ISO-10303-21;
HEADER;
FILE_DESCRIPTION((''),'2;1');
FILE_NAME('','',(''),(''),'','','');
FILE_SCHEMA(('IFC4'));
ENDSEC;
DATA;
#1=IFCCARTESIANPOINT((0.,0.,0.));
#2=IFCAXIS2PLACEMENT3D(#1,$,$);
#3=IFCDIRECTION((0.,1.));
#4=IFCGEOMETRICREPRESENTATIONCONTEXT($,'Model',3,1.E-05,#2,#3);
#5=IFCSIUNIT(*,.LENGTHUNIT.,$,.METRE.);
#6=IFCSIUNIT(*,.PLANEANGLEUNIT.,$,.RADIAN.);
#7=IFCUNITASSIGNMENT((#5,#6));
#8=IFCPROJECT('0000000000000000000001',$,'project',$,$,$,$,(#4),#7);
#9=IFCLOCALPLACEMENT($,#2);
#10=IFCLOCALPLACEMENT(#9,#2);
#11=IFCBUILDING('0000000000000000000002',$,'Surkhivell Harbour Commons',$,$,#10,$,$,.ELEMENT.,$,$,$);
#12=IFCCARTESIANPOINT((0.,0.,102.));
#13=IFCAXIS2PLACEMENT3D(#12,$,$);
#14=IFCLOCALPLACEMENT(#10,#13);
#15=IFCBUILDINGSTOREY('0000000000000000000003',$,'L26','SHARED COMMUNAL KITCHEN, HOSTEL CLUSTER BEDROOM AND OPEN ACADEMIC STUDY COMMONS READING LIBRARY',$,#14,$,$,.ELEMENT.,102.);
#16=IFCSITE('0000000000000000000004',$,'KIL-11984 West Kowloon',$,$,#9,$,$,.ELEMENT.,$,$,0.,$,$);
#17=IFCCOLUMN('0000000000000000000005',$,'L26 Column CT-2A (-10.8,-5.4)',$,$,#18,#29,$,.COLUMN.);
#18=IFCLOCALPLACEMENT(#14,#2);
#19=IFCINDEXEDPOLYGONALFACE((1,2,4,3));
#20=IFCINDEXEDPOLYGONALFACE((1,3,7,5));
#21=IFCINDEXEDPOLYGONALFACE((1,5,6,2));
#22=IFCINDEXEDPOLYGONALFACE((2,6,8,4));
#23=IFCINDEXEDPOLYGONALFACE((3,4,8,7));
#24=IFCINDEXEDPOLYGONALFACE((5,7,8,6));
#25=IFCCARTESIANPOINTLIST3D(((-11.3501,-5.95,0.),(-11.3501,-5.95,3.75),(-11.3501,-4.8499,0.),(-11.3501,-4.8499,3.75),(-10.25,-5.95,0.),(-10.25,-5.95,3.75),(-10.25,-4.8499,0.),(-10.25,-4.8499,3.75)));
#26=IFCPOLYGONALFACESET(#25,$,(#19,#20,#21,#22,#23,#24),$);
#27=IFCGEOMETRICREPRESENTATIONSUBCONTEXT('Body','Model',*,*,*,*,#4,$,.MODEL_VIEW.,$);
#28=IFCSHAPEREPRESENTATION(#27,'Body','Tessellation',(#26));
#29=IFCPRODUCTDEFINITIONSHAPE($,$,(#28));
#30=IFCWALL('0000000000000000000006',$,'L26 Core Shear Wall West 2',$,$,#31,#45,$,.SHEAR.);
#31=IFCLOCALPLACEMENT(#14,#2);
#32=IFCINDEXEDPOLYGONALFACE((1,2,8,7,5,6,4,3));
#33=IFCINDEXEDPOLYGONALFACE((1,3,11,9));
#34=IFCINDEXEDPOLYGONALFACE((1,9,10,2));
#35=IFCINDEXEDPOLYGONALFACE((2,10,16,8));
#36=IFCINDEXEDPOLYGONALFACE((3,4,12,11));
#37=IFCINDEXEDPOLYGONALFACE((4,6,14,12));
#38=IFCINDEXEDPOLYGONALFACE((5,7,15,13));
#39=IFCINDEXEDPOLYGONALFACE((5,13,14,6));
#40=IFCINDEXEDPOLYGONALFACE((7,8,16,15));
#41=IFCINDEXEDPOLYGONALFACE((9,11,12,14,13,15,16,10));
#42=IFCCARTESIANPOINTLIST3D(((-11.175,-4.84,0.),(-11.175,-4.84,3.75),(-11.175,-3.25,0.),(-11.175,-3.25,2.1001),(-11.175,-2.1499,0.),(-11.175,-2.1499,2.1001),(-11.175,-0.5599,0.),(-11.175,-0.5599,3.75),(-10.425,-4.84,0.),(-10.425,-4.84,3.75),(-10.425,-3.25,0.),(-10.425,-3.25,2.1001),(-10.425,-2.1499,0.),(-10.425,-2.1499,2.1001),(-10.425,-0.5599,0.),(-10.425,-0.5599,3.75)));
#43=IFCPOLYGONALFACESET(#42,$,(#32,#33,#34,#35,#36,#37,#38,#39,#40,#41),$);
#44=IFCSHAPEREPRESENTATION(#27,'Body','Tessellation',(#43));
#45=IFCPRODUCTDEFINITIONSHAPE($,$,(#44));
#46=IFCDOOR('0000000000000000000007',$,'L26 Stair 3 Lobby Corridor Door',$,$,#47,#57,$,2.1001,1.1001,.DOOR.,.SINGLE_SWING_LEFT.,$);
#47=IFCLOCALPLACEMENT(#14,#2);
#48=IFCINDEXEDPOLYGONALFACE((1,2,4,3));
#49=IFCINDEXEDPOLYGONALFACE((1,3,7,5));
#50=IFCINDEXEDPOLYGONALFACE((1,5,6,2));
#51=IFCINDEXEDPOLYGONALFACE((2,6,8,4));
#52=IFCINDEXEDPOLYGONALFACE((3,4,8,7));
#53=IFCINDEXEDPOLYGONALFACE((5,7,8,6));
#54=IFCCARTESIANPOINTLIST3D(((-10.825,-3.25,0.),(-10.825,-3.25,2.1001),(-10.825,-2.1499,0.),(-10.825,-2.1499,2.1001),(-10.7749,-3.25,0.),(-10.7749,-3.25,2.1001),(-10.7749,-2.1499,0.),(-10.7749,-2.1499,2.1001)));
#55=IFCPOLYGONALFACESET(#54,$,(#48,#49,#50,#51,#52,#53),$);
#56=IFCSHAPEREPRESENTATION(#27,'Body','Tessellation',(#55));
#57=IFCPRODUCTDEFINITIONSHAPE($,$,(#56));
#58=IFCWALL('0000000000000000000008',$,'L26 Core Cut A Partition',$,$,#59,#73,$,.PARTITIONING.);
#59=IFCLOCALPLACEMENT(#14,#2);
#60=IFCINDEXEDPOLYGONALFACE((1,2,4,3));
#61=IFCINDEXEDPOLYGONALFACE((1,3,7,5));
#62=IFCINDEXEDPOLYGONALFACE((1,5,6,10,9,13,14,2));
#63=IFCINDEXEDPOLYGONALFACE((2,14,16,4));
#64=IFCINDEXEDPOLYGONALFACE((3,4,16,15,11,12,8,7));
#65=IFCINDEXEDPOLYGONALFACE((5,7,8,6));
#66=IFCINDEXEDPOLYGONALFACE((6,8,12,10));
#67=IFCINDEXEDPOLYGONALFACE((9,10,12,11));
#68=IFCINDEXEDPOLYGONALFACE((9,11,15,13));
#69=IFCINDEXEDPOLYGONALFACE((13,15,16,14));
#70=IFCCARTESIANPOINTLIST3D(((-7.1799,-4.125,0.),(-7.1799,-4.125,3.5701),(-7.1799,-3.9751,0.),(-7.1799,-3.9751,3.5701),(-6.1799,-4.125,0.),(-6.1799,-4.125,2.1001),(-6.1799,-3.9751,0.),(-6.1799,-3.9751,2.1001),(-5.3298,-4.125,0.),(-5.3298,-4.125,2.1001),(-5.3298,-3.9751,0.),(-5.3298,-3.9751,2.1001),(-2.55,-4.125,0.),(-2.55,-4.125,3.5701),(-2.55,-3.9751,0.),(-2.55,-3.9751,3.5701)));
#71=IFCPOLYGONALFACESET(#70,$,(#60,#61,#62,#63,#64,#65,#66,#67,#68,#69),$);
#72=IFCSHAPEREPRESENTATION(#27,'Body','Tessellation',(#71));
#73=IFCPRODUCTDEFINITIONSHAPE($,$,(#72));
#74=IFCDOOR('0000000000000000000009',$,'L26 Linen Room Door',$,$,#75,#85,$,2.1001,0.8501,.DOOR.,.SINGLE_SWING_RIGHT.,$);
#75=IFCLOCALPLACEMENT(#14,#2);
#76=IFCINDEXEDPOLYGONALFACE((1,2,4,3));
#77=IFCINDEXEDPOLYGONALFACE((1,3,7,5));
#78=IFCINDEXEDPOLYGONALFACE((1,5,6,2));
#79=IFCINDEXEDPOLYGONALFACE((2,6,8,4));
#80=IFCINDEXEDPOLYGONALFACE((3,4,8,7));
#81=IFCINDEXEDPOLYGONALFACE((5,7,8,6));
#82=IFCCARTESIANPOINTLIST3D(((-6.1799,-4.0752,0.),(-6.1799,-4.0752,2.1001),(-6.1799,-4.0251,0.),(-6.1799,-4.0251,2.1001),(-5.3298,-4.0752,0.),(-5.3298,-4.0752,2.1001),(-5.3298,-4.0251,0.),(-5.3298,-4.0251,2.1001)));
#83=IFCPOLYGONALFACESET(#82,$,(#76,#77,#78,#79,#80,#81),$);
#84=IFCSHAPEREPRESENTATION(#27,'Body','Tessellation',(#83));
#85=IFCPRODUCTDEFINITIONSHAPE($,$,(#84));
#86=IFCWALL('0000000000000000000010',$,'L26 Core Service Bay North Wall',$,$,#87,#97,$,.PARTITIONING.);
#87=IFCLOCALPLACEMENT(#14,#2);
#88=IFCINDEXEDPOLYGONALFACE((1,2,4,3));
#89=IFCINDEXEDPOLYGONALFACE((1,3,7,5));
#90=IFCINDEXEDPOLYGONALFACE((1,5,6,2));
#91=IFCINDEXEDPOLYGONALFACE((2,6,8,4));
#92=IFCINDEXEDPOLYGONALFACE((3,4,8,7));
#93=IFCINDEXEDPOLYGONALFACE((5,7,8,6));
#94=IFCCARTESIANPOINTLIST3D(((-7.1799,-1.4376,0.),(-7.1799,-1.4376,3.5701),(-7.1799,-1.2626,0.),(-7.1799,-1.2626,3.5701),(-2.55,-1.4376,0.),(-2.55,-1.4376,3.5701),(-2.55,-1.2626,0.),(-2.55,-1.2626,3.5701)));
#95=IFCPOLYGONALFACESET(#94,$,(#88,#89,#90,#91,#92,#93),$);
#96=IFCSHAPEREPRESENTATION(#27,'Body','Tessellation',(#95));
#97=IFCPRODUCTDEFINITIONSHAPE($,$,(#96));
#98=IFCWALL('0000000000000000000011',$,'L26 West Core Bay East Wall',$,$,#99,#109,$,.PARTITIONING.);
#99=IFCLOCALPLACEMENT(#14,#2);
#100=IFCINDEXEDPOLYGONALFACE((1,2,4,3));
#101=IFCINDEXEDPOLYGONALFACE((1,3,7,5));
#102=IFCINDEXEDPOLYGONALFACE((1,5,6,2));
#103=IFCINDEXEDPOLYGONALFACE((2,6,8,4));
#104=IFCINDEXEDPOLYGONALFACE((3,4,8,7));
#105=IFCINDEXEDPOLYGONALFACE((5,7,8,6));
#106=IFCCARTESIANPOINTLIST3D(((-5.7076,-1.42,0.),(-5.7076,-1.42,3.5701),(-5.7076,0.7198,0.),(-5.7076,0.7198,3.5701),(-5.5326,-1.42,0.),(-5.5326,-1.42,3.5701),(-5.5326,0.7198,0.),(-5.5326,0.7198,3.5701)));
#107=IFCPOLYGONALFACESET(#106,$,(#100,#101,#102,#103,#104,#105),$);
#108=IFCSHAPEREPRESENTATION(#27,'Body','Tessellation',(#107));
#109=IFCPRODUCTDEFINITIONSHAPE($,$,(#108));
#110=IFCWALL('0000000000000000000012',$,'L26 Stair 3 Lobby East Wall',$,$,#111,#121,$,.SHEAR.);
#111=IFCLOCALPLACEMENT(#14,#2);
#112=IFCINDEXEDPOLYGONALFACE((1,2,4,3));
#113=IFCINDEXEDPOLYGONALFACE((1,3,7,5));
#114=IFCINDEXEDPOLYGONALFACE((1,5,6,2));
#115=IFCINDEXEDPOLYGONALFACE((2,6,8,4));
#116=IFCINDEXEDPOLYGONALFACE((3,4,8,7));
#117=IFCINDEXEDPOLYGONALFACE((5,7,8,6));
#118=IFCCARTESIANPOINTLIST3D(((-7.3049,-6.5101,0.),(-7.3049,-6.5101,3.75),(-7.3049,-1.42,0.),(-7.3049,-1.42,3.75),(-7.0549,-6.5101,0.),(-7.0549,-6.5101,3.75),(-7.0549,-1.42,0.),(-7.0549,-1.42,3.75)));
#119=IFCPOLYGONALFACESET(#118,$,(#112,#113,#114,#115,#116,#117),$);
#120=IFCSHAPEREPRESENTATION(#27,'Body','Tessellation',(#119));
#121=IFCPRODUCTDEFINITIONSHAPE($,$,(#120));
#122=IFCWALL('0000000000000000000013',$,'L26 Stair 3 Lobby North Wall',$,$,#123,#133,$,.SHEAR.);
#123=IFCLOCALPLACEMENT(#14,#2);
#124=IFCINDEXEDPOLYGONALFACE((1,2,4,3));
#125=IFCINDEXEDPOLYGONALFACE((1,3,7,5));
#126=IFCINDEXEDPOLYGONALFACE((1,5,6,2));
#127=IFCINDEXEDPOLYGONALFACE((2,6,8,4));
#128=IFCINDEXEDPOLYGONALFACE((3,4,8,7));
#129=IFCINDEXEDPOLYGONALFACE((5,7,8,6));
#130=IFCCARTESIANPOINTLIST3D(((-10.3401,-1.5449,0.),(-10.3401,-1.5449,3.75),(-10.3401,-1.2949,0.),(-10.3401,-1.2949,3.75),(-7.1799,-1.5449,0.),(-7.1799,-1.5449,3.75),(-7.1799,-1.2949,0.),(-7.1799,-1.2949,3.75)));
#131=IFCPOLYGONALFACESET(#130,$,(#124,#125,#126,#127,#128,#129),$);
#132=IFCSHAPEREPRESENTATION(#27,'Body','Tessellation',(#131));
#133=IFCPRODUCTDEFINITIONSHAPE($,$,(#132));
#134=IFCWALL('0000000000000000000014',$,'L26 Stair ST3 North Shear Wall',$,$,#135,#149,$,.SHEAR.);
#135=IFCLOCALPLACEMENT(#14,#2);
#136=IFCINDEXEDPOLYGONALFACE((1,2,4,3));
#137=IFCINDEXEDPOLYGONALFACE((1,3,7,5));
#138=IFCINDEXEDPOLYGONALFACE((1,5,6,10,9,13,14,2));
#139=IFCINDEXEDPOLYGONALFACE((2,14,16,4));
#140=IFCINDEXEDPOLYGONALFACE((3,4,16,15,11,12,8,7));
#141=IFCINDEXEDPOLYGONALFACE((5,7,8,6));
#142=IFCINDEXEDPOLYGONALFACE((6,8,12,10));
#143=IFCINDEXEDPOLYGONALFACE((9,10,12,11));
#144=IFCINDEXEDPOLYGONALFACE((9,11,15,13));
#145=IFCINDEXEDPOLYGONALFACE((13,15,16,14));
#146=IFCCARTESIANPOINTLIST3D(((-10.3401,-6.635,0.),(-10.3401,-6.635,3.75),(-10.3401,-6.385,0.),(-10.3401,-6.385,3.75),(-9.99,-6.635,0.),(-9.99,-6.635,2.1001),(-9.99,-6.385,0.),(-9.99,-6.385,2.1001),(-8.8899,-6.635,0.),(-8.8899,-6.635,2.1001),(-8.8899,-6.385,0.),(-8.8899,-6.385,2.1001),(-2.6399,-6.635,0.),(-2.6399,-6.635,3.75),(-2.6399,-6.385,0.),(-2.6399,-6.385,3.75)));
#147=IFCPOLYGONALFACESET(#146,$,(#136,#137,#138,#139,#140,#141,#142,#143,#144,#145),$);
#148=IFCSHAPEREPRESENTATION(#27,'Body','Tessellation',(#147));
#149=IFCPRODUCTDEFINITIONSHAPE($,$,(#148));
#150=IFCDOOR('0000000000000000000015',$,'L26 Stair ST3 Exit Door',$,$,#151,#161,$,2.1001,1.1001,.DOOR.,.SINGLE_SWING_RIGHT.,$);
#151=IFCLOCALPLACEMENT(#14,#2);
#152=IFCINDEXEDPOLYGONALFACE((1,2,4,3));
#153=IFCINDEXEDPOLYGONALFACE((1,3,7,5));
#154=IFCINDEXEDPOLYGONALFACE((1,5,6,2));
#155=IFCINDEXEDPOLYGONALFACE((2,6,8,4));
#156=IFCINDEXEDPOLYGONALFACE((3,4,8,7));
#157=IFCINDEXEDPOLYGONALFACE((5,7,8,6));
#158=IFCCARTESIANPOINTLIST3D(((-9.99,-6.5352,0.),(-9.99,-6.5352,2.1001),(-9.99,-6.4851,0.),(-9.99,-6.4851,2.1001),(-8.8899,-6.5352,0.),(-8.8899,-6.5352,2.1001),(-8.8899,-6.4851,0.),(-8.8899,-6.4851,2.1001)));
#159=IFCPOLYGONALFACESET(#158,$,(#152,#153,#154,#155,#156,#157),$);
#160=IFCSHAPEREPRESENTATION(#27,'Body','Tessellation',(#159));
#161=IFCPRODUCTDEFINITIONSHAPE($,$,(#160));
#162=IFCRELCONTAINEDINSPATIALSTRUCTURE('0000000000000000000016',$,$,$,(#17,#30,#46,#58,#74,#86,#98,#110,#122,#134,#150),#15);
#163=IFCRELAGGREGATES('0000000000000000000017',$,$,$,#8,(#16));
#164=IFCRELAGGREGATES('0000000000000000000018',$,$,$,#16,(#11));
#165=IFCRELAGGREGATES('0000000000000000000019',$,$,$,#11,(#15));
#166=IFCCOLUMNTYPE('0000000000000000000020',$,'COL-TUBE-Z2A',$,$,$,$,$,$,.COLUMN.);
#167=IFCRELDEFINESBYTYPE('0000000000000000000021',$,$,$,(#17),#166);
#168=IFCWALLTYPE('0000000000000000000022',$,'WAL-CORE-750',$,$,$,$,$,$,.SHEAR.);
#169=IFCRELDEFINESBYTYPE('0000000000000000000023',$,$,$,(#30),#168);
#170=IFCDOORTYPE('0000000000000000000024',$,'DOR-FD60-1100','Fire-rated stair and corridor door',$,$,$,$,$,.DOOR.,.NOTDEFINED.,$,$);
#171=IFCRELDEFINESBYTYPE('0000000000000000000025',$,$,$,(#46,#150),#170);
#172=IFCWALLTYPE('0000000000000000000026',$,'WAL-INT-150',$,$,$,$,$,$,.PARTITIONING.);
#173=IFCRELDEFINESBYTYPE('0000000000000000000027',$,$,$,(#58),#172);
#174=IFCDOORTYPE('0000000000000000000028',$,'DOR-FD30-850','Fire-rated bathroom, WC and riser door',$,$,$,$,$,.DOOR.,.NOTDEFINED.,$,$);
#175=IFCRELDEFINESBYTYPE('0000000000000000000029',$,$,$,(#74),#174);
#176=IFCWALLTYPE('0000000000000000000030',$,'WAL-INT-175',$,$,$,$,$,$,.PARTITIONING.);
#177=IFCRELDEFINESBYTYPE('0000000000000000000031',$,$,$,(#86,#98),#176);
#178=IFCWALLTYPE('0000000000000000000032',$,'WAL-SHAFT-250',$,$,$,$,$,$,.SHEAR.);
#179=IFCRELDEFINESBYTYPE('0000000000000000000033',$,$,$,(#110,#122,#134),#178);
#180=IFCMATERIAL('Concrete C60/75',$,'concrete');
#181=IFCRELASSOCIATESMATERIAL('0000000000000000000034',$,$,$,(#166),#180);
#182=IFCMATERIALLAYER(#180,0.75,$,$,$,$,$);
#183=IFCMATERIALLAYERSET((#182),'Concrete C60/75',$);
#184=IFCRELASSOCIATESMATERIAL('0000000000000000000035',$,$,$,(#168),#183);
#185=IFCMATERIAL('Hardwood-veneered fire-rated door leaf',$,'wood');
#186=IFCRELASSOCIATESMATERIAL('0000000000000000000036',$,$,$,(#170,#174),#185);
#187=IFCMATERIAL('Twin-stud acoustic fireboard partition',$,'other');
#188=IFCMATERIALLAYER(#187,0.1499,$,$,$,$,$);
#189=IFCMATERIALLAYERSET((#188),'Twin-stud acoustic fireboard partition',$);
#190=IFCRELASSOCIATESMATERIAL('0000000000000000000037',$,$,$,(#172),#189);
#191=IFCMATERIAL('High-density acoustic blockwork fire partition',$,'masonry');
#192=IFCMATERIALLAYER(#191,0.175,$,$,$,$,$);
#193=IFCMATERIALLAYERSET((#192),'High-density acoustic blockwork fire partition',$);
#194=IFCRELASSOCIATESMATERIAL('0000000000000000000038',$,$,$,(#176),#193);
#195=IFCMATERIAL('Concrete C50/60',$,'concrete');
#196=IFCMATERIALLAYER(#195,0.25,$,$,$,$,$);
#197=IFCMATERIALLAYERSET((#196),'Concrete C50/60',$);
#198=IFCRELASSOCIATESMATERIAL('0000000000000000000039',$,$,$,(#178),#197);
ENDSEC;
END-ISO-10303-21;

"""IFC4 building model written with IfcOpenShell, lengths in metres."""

from ifc_helpers import new_model, si_unit, direction, frame, frame_2d, origin, origin_2d, place, context, subcontext, project, spatial, rectangle, extrude, material, layer, layer_set, material_profile, profile_set, type_object, element, fill, save


model = new_model("IFC4")

# Units and contexts
model_context = context("Model", 3, precision=1e-05, world=origin(), true_north=direction((0.0, 1.0)))
body_context = subcontext(model_context, "Body", "Model", "MODEL_VIEW")
ifc_project = project(units=[si_unit("LENGTHUNIT", "METRE"), si_unit("PLANEANGLEUNIT", "RADIAN")], contexts=[model_context])

# Site, building, storey
site_placement = place(None, origin())
site = spatial("IfcSite", under=ifc_project, at=site_placement, Name="KIL-11984 West Kowloon", CompositionType="ELEMENT", RefElevation=0.0)
building_placement = place(site_placement, origin())
building = spatial("IfcBuilding", under=site, at=building_placement, Name="Surkhivell Harbour Commons", CompositionType="ELEMENT")
storey_placement = place(building_placement, frame((0.0, 0.0, 102.0)))
storey = spatial("IfcBuildingStorey", under=building, at=storey_placement, Name="L26", Description="SHARED COMMUNAL KITCHEN, HOSTEL CLUSTER BEDROOM AND OPEN ACADEMIC STUDY COMMONS READING LIBRARY", CompositionType="ELEMENT", Elevation=102.0)

# Column
ifc_material_1 = material(Name="Concrete C60/75", Category="concrete")
ifc_material_profile = material_profile(ifc_material_1, rectangle(XDim=1.1001, YDim=1.1001, at=origin_2d()), Name="RC-COL-1100x1100")
ifc_profile_set = profile_set([ifc_material_profile], Name="Concrete C60/75")
column_type = type_object("IfcColumnType", Name="COL-TUBE-Z2A", PredefinedType="COLUMN", material=ifc_profile_set)
column_placement = place(storey_placement, frame((-10.8, -5.3999, 0.0), z_axis=(0.0, 0.0, 1.0), x_axis=(1.0, 0.0, 0.0)))
element("IfcColumn", 1, at=column_placement, inside=storey, type_object=column_type, Name="L26 Column CT-2A (-10.8,-5.4)", PredefinedType="COLUMN", context=body_context, shape_type="SweptSolid", body=[
    extrude(rectangle(XDim=1.1001, YDim=1.1001, at=origin_2d()), origin(), (0.0, 0.0, 1.0), 3.75),
])

# Walls, openings, doors
ifc_layer_1 = layer(ifc_material_1, 0.75)
ifc_layer_set_1 = layer_set([ifc_layer_1], Name="Concrete C60/75")
wall_type_1 = type_object("IfcWallType", Name="WAL-CORE-750", PredefinedType="SHEAR", material=ifc_layer_set_1)
wall_1_placement = place(storey_placement, frame((-10.8, -4.8401, 0.0), z_axis=(0.0, 0.0, 1.0), x_axis=(0.0, 1.0, 0.0)))
wall_1 = element("IfcWall", 2, at=wall_1_placement, inside=storey, type_object=wall_type_1, Name="L26 Core Shear Wall West 2", PredefinedType="SHEAR", context=body_context, shape_type="SweptSolid", body=[
    extrude(rectangle(XDim=4.28, YDim=0.75, at=frame_2d((2.1401, 0.0))), origin(), (0.0, 0.0, 1.0), 3.75),
])
opening_1_placement = place(wall_1_placement, frame((1.5901, 0.0, 0.0)))
opening_1 = element("IfcOpeningElement", 3, at=opening_1_placement, cuts=wall_1, PredefinedType="OPENING", context=body_context, shape_type="SweptSolid", body=[
    extrude(rectangle(XDim=1.1001, YDim=2.1001, at=frame_2d((0.55, 1.05))), frame((0.0, 0.385, 0.0), z_axis=(0.0, -1.0, 0.0), x_axis=(1.0, 0.0, 0.0)), (0.0, 0.0, 1.0), 0.77),
])
ifc_material_2 = material(Name="Hardwood-veneered fire-rated door leaf", Category="wood")
door_type_1 = type_object("IfcDoorType", Name="DOR-FD60-1100", Description="Fire-rated stair and corridor door", OperationType="NOTDEFINED", PredefinedType="DOOR", material=ifc_material_2)
door_1_placement = place(opening_1_placement, origin())
door_1 = element("IfcDoor", 4, at=door_1_placement, inside=storey, type_object=door_type_1, Name="L26 Stair 3 Lobby Corridor Door", OperationType="SINGLE_SWING_LEFT", OverallHeight=2.1001, OverallWidth=1.1001, PredefinedType="DOOR", context=body_context, shape_type="SweptSolid", body=[
    extrude(rectangle(XDim=1.1001, YDim=2.1001, at=frame_2d((0.55, 1.05))), frame((0.0, 0.0249, 0.0), z_axis=(0.0, -1.0, 0.0), x_axis=(1.0, 0.0, 0.0)), (0.0, 0.0, 1.0), 0.05),
])
fill(opening_1, door_1)
ifc_material_3 = material(Name="Twin-stud acoustic fireboard partition", Category="other")
ifc_layer_2 = layer(ifc_material_3, 0.1499)
ifc_layer_set_2 = layer_set([ifc_layer_2], Name="Twin-stud acoustic fireboard partition")
wall_type_2 = type_object("IfcWallType", Name="WAL-INT-150", PredefinedType="PARTITIONING", material=ifc_layer_set_2)
wall_2_placement = place(storey_placement, frame((-7.1799, -4.05, 0.0), z_axis=(0.0, 0.0, 1.0), x_axis=(1.0, 0.0, 0.0)))
wall_2 = element("IfcWall", 5, at=wall_2_placement, inside=storey, type_object=wall_type_2, Name="L26 Core Cut A Partition", PredefinedType="PARTITIONING", context=body_context, shape_type="SweptSolid", body=[
    extrude(rectangle(XDim=4.6299, YDim=0.1499, at=frame_2d((2.3149, 0.0))), origin(), (0.0, 0.0, 1.0), 3.5701),
])
opening_2_placement = place(wall_2_placement, frame((1.0, 0.0, 0.0)))
opening_2 = element("IfcOpeningElement", 6, at=opening_2_placement, cuts=wall_2, PredefinedType="OPENING", context=body_context, shape_type="SweptSolid", body=[
    extrude(rectangle(XDim=0.8501, YDim=2.1001, at=frame_2d((0.425, 1.05))), frame((0.0, 0.085, 0.0), z_axis=(0.0, -1.0, 0.0), x_axis=(1.0, 0.0, 0.0)), (0.0, 0.0, 1.0), 0.1699),
])
door_type_2 = type_object("IfcDoorType", Name="DOR-FD30-850", Description="Fire-rated bathroom, WC and riser door", OperationType="NOTDEFINED", PredefinedType="DOOR", material=ifc_material_2)
door_2_placement = place(opening_2_placement, origin())
door_2 = element("IfcDoor", 7, at=door_2_placement, inside=storey, type_object=door_type_2, Name="L26 Linen Room Door", OperationType="SINGLE_SWING_RIGHT", OverallHeight=2.1001, OverallWidth=0.8501, PredefinedType="DOOR", context=body_context, shape_type="SweptSolid", body=[
    extrude(rectangle(XDim=0.8501, YDim=2.1001, at=frame_2d((0.425, 1.05))), frame((0.0, 0.0249, 0.0), z_axis=(0.0, -1.0, 0.0), x_axis=(1.0, 0.0, 0.0)), (0.0, 0.0, 1.0), 0.05),
])
fill(opening_2, door_2)

# Walls
ifc_material_4 = material(Name="High-density acoustic blockwork fire partition", Category="masonry")
ifc_layer_3 = layer(ifc_material_4, 0.175)
ifc_layer_set_3 = layer_set([ifc_layer_3], Name="High-density acoustic blockwork fire partition")
wall_type_3 = type_object("IfcWallType", Name="WAL-INT-175", PredefinedType="PARTITIONING", material=ifc_layer_set_3)
wall_3_placement = place(storey_placement, frame((-7.1799, -1.3501, 0.0), z_axis=(0.0, 0.0, 1.0), x_axis=(1.0, 0.0, 0.0)))
element("IfcWall", 8, at=wall_3_placement, inside=storey, type_object=wall_type_3, Name="L26 Core Service Bay North Wall", PredefinedType="PARTITIONING", context=body_context, shape_type="SweptSolid", body=[
    extrude(rectangle(XDim=4.6299, YDim=0.175, at=frame_2d((2.3149, 0.0))), origin(), (0.0, 0.0, 1.0), 3.5701),
])
wall_4_placement = place(storey_placement, frame((-5.6201, -1.4199, 0.0), z_axis=(0.0, 0.0, 1.0), x_axis=(0.0, 1.0, 0.0)))
element("IfcWall", 9, at=wall_4_placement, inside=storey, type_object=wall_type_3, Name="L26 West Core Bay East Wall", PredefinedType="PARTITIONING", context=body_context, shape_type="SweptSolid", body=[
    extrude(rectangle(XDim=2.1399, YDim=0.175, at=frame_2d((1.0698, 0.0))), origin(), (0.0, 0.0, 1.0), 3.5701),
])
ifc_material_5 = material(Name="Concrete C50/60", Category="concrete")
ifc_layer_4 = layer(ifc_material_5, 0.25)
ifc_layer_set_4 = layer_set([ifc_layer_4], Name="Concrete C50/60")
wall_type_4 = type_object("IfcWallType", Name="WAL-SHAFT-250", PredefinedType="SHEAR", material=ifc_layer_set_4)
wall_5_placement = place(storey_placement, frame((-7.1799, -6.51, 0.0), z_axis=(0.0, 0.0, 1.0), x_axis=(0.0, 1.0, 0.0)))
element("IfcWall", 10, at=wall_5_placement, inside=storey, type_object=wall_type_4, Name="L26 Stair 3 Lobby East Wall", PredefinedType="SHEAR", context=body_context, shape_type="SweptSolid", body=[
    extrude(rectangle(XDim=5.0901, YDim=0.25, at=frame_2d((2.5449, 0.0))), origin(), (0.0, 0.0, 1.0), 3.75),
])
wall_6_placement = place(storey_placement, frame((-10.3401, -1.4199, 0.0), z_axis=(0.0, 0.0, 1.0), x_axis=(1.0, 0.0, 0.0)))
element("IfcWall", 11, at=wall_6_placement, inside=storey, type_object=wall_type_4, Name="L26 Stair 3 Lobby North Wall", PredefinedType="SHEAR", context=body_context, shape_type="SweptSolid", body=[
    extrude(rectangle(XDim=3.1602, YDim=0.25, at=frame_2d((1.5801, 0.0))), origin(), (0.0, 0.0, 1.0), 3.75),
])

# Wall, opening, door
wall_7_placement = place(storey_placement, frame((-10.3401, -6.51, 0.0), z_axis=(0.0, 0.0, 1.0), x_axis=(1.0, 0.0, 0.0)))
wall_7 = element("IfcWall", 12, at=wall_7_placement, inside=storey, type_object=wall_type_4, Name="L26 Stair ST3 North Shear Wall", PredefinedType="SHEAR", context=body_context, shape_type="SweptSolid", body=[
    extrude(rectangle(XDim=7.7002, YDim=0.25, at=frame_2d((3.8501, 0.0))), origin(), (0.0, 0.0, 1.0), 3.75),
])
opening_3_placement = place(wall_7_placement, frame((0.3501, 0.0, 0.0)))
opening_3 = element("IfcOpeningElement", 13, at=opening_3_placement, cuts=wall_7, PredefinedType="OPENING", context=body_context, shape_type="SweptSolid", body=[
    extrude(rectangle(XDim=1.1001, YDim=2.1001, at=frame_2d((0.55, 1.05))), frame((0.0, 0.135, 0.0), z_axis=(0.0, -1.0, 0.0), x_axis=(1.0, 0.0, 0.0)), (0.0, 0.0, 1.0), 0.27),
])
door_3_placement = place(opening_3_placement, origin())
door_3 = element("IfcDoor", 14, at=door_3_placement, inside=storey, type_object=door_type_1, Name="L26 Stair ST3 Exit Door", OperationType="SINGLE_SWING_RIGHT", OverallHeight=2.1001, OverallWidth=1.1001, PredefinedType="DOOR", context=body_context, shape_type="SweptSolid", body=[
    extrude(rectangle(XDim=1.1001, YDim=2.1001, at=frame_2d((0.55, 1.05))), frame((0.0, 0.0249, 0.0), z_axis=(0.0, -1.0, 0.0), x_axis=(1.0, 0.0, 0.0)), (0.0, 0.0, 1.0), 0.05),
])
fill(opening_3, door_3)

save(model, "model.ifc")
